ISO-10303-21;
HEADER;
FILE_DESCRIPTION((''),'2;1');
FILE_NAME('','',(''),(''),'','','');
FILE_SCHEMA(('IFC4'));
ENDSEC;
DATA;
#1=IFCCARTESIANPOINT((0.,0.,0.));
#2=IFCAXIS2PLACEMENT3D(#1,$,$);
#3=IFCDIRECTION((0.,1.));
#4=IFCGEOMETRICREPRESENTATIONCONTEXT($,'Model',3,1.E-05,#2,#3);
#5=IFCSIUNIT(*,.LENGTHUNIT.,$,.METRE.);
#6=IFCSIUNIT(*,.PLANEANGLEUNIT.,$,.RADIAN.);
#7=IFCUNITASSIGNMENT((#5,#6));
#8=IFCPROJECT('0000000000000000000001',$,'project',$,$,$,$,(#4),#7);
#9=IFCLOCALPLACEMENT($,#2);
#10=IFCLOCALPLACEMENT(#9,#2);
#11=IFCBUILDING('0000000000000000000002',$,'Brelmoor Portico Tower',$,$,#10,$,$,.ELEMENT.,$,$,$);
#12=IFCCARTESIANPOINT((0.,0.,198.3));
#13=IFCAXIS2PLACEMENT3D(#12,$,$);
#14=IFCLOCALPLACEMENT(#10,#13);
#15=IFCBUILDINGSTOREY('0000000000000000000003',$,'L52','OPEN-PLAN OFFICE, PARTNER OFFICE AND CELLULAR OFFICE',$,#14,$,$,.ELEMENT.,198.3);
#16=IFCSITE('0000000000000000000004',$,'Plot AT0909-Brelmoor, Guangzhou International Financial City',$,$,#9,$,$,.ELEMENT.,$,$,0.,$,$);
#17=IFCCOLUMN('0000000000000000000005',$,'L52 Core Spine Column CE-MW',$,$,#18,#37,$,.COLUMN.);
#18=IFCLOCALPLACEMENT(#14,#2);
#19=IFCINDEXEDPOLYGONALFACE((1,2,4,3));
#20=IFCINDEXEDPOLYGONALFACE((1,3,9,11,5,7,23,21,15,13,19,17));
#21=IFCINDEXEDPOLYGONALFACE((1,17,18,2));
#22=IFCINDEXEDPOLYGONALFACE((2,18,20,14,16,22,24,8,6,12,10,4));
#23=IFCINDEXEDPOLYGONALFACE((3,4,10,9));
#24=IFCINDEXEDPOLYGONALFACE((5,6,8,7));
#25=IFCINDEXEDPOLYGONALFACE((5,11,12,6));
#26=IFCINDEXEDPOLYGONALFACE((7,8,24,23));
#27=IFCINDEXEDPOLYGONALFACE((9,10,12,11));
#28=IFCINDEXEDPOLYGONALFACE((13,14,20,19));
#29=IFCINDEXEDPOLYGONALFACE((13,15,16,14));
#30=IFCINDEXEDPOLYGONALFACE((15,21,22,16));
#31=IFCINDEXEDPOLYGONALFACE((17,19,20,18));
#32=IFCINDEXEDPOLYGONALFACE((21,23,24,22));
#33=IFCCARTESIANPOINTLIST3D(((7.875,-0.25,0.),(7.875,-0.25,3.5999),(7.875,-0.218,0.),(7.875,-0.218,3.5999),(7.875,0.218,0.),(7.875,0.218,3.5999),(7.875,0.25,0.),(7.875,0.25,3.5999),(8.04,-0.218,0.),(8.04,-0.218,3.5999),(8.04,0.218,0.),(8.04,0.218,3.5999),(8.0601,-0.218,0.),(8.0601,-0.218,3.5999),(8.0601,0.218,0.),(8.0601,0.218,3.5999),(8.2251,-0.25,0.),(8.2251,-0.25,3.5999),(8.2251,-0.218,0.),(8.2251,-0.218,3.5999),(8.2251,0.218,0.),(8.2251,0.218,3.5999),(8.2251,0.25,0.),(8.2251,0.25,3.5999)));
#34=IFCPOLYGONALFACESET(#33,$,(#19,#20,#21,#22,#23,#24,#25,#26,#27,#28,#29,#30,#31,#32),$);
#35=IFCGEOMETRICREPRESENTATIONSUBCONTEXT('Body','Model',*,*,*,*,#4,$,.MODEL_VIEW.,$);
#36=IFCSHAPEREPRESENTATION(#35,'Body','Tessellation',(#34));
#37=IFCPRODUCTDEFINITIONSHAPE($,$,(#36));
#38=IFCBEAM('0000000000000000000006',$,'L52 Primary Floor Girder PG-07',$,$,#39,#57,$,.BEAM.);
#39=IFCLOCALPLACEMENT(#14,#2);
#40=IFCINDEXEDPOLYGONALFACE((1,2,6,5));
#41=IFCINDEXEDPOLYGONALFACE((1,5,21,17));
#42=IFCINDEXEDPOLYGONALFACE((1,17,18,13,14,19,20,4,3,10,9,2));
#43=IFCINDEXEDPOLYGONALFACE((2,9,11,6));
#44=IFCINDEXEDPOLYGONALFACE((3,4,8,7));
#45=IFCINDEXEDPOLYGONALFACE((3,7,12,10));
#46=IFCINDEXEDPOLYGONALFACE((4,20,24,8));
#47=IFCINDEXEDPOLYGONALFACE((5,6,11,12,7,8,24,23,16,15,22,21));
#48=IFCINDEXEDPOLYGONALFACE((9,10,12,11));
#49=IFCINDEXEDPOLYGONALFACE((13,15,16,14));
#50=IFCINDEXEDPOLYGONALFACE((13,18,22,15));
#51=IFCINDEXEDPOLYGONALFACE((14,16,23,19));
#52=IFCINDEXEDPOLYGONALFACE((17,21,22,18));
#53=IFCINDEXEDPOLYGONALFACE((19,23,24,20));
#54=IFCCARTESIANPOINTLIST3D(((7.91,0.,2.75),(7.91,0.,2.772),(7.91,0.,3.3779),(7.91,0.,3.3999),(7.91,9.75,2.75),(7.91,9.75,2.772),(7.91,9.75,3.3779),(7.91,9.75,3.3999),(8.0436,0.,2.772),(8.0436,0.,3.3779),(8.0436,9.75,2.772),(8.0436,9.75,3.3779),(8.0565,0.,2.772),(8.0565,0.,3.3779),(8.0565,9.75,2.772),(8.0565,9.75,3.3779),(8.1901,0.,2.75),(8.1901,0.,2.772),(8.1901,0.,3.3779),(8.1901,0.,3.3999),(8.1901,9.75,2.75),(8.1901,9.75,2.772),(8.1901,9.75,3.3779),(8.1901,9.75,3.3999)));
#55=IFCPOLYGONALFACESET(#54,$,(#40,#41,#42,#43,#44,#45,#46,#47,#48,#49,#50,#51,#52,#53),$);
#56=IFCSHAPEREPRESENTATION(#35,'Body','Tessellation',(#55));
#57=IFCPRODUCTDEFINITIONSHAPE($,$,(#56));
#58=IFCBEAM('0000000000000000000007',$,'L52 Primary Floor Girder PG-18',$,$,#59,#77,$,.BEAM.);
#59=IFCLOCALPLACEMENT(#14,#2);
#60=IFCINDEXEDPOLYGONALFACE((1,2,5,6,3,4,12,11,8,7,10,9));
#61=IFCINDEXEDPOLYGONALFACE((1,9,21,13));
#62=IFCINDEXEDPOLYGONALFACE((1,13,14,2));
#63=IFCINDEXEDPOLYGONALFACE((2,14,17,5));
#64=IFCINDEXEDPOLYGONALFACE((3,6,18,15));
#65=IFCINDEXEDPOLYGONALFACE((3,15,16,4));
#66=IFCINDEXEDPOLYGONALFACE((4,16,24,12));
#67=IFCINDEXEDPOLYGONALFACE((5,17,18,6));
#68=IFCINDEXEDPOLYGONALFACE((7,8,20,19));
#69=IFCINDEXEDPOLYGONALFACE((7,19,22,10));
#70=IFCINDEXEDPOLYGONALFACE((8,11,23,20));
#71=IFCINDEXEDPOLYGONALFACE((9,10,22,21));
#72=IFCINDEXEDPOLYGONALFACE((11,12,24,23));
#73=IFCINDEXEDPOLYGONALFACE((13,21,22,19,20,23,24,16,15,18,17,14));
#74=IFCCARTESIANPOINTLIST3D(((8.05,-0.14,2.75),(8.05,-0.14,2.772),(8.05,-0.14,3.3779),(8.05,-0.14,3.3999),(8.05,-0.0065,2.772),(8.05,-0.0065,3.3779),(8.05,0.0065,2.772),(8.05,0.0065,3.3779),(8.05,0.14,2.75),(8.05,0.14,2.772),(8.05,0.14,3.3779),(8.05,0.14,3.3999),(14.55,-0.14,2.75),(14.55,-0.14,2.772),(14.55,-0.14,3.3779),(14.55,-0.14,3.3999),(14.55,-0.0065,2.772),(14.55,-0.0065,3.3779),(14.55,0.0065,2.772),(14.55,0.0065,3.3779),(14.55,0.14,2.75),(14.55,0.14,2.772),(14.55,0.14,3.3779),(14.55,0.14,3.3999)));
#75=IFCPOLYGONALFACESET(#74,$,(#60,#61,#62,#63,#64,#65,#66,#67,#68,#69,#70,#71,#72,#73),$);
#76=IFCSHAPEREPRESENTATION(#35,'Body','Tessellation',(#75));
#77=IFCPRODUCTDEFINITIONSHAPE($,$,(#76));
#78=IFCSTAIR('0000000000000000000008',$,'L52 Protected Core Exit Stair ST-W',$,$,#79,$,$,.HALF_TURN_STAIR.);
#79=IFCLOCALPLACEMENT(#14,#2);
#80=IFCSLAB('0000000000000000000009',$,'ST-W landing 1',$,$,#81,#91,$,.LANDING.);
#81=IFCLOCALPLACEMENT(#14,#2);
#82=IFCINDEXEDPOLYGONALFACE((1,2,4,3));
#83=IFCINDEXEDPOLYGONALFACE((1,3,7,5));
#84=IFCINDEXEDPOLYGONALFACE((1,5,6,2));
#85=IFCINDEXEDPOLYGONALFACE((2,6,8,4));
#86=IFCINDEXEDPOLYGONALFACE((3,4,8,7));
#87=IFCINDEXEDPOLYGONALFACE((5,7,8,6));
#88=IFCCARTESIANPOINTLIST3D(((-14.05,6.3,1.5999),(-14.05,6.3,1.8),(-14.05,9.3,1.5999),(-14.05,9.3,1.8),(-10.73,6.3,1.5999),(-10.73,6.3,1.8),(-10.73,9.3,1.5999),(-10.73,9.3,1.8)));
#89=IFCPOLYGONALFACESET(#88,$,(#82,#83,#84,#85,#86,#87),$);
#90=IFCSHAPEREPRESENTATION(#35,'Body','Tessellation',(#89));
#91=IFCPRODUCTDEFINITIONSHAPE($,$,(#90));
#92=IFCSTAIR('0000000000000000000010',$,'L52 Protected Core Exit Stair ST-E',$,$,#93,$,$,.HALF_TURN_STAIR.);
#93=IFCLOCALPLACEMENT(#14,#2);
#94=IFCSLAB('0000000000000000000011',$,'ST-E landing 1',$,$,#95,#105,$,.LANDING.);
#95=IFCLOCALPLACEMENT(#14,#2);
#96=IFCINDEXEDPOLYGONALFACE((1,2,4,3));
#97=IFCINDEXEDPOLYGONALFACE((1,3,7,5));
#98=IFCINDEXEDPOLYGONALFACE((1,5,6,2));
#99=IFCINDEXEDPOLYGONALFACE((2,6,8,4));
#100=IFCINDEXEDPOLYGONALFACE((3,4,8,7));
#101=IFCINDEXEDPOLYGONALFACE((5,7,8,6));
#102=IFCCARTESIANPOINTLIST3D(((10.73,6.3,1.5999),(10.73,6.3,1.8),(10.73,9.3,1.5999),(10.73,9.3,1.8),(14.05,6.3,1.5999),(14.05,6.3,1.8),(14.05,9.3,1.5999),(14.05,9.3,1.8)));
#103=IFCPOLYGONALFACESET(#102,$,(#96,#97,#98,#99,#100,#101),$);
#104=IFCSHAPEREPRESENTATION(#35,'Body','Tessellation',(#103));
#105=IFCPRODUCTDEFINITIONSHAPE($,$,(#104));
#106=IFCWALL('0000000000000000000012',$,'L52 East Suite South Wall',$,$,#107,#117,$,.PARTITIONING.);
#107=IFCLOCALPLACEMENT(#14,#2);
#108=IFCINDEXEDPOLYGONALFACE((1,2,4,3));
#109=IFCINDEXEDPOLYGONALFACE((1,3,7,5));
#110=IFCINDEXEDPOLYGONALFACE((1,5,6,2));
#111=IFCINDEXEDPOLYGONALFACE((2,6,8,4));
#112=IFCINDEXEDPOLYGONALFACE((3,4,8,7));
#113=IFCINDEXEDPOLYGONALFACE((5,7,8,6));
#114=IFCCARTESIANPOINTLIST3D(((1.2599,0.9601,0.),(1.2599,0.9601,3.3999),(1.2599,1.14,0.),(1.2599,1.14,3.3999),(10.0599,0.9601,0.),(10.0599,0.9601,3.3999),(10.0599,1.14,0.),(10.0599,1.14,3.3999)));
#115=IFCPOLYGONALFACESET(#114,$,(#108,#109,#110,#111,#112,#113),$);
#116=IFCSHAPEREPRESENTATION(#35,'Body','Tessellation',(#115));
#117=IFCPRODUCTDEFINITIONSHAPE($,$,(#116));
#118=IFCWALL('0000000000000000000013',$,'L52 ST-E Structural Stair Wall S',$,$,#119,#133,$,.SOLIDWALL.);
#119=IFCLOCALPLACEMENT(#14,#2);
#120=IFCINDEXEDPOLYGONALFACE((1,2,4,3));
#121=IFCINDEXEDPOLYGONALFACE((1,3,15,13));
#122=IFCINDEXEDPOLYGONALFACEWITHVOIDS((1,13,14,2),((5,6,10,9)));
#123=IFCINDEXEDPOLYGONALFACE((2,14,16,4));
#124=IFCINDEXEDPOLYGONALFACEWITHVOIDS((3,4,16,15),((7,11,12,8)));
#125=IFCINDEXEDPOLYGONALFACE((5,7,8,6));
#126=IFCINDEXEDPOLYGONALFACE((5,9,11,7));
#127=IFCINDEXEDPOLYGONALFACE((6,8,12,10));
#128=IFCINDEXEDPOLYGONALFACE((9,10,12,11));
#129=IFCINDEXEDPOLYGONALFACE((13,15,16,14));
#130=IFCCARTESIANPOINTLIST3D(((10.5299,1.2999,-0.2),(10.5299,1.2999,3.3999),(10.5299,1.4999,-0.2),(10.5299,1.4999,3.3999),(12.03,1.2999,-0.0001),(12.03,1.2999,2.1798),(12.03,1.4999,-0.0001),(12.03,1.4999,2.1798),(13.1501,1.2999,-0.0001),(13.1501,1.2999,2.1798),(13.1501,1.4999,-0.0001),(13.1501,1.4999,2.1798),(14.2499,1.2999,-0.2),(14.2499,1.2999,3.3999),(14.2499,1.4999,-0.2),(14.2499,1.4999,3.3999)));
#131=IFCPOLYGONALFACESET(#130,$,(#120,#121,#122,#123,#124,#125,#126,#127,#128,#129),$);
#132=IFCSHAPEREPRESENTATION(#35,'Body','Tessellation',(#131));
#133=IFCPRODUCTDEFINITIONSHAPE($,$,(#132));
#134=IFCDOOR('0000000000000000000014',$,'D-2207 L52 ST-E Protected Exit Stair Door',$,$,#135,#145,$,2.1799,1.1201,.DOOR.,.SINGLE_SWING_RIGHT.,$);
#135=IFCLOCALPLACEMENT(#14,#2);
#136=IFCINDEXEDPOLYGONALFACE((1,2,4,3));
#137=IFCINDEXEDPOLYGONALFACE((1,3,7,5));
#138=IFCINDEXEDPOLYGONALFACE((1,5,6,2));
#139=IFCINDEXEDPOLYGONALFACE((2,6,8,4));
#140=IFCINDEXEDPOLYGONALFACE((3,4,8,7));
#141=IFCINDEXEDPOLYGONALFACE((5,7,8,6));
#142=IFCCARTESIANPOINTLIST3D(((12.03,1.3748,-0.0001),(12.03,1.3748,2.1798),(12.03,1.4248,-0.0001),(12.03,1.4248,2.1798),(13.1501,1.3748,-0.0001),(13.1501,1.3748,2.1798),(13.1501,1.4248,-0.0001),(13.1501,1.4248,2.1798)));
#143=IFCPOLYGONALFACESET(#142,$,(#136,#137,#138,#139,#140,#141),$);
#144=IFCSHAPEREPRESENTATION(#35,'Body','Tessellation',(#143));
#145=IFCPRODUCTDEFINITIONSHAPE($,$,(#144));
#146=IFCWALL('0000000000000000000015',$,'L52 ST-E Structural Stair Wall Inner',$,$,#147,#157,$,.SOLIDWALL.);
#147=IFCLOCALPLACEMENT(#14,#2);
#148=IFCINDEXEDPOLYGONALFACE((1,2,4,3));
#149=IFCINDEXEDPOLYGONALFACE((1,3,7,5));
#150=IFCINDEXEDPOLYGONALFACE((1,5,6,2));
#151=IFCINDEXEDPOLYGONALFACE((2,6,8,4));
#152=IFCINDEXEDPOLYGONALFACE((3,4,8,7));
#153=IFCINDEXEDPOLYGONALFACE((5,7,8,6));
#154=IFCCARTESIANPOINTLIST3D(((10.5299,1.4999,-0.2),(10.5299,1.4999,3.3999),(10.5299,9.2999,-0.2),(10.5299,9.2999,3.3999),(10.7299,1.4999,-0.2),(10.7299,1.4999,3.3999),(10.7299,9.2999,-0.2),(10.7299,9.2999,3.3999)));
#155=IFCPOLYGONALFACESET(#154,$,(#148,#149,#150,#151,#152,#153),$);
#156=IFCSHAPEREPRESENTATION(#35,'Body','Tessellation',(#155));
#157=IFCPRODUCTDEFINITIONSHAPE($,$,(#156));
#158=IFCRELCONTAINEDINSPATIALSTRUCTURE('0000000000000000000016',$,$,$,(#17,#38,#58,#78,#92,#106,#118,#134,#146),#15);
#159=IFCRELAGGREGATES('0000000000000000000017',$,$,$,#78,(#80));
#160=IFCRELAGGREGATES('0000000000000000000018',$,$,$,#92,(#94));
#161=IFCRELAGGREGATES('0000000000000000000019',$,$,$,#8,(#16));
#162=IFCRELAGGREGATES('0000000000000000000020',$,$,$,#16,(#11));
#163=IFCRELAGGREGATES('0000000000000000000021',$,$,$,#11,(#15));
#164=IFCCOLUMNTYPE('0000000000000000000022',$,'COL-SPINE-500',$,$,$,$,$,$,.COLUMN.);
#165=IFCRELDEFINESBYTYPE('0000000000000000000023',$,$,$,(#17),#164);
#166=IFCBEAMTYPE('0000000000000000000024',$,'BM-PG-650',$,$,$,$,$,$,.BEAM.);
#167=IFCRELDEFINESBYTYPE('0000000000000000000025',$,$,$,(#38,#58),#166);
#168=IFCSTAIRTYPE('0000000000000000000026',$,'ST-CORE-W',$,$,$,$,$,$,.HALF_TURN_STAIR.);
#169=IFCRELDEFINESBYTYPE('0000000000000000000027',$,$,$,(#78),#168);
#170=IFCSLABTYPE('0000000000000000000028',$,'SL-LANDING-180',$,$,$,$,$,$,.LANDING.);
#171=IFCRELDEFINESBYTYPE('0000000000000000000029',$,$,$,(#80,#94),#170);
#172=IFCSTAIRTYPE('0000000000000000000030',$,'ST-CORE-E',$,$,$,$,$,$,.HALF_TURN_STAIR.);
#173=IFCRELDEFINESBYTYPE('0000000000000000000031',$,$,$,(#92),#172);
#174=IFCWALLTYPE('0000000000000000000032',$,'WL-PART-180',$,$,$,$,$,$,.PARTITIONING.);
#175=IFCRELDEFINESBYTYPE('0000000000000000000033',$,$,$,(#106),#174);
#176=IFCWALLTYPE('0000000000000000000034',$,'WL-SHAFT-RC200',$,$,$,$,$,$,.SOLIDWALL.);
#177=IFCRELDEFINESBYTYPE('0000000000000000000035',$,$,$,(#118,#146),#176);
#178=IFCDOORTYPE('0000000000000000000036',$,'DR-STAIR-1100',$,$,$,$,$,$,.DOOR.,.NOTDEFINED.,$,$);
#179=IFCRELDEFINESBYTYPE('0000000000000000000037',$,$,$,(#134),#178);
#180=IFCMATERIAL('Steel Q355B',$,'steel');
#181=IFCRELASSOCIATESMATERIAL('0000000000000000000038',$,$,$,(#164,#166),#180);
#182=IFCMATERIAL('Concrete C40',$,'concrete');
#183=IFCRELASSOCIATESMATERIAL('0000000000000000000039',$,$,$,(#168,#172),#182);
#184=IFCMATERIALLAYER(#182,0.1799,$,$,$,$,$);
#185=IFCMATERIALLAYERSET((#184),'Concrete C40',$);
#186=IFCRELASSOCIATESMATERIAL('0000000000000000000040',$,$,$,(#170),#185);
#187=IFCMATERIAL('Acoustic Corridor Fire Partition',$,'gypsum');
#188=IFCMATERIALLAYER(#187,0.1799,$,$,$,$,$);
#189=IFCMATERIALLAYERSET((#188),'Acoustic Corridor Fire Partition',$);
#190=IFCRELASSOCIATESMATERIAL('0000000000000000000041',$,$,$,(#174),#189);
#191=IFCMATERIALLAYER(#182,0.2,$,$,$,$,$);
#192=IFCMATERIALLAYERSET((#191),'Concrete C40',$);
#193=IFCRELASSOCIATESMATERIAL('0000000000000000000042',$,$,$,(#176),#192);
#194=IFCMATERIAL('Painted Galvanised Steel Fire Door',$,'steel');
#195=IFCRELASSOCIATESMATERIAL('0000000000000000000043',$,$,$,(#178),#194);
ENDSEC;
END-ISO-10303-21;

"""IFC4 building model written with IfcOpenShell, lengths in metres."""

from ifc_helpers import new_model, si_unit, direction, frame, frame_2d, origin, origin_2d, place, context, subcontext, project, spatial, polyline, rectangle, i_section, outline, extrude, material, layer, layer_set, material_profile, profile_set, type_object, element, fill, aggregate, save


model = new_model("IFC4")

# Units and contexts
model_context = context("Model", 3, precision=1e-05, world=origin(), true_north=direction((0.0, 1.0)))
body_context = subcontext(model_context, "Body", "Model", "MODEL_VIEW")
ifc_project = project(units=[si_unit("LENGTHUNIT", "METRE"), si_unit("PLANEANGLEUNIT", "RADIAN")], contexts=[model_context])

# Site, building, storey
site_placement = place(None, origin())
site = spatial("IfcSite", under=ifc_project, at=site_placement, Name="Plot AT0909-Brelmoor, Guangzhou International Financial City", CompositionType="ELEMENT", RefElevation=0.0)
building_placement = place(site_placement, origin())
building = spatial("IfcBuilding", under=site, at=building_placement, Name="Brelmoor Portico Tower", CompositionType="ELEMENT")
storey_placement = place(building_placement, frame((0.0, 0.0, 198.3)))
storey = spatial("IfcBuildingStorey", under=building, at=storey_placement, Name="L52", Description="OPEN-PLAN OFFICE, PARTNER OFFICE AND CELLULAR OFFICE", CompositionType="ELEMENT", Elevation=198.3)

# Column
ifc_material_1 = material(Name="Steel Q355B", Category="steel")
ifc_material_profile_1 = material_profile(ifc_material_1, i_section(OverallWidth=0.3501, OverallDepth=0.5, WebThickness=0.02, FlangeThickness=0.032, at=origin_2d()), Name="HW 500x350x20x32")
ifc_profile_set_1 = profile_set([ifc_material_profile_1], Name="Steel Q355B")
column_type = type_object("IfcColumnType", Name="COL-SPINE-500", PredefinedType="COLUMN", material=ifc_profile_set_1)
column_placement = place(storey_placement, frame((8.05, 0.0, 0.0), z_axis=(0.0, 0.0, 1.0), x_axis=(1.0, 0.0, 0.0)))
element("IfcColumn", 1, at=column_placement, inside=storey, type_object=column_type, Name="L52 Core Spine Column CE-MW", PredefinedType="COLUMN", context=body_context, shape_type="SweptSolid", body=[
    extrude(i_section(OverallWidth=0.3501, OverallDepth=0.5, WebThickness=0.02, FlangeThickness=0.032, at=origin_2d()), origin(), (0.0, 0.0, 1.0), 3.5999),
])

# Beams
ifc_material_profile_2 = material_profile(ifc_material_1, i_section(OverallWidth=0.28, OverallDepth=0.6499, WebThickness=0.0129, FlangeThickness=0.022, at=origin_2d()), Name="HN 650x280x13x22")
ifc_profile_set_2 = profile_set([ifc_material_profile_2], Name="Steel Q355B")
beam_type = type_object("IfcBeamType", Name="BM-PG-650", PredefinedType="BEAM", material=ifc_profile_set_2)
beam_1_placement = place(storey_placement, frame((8.05, 0.0, 3.075), z_axis=(0.0, 1.0, 0.0), x_axis=(-1.0, 0.0, 0.0)))
element("IfcBeam", 2, at=beam_1_placement, inside=storey, type_object=beam_type, Name="L52 Primary Floor Girder PG-07", PredefinedType="BEAM", context=body_context, shape_type="SweptSolid", body=[
    extrude(i_section(OverallWidth=0.28, OverallDepth=0.6499, WebThickness=0.0129, FlangeThickness=0.022, at=origin_2d()), origin(), (0.0, 0.0, 1.0), 9.75),
])
beam_2_placement = place(storey_placement, frame((8.05, 0.0, 3.075), z_axis=(1.0, 0.0, 0.0), x_axis=(0.0, 1.0, 0.0)))
element("IfcBeam", 3, at=beam_2_placement, inside=storey, type_object=beam_type, Name="L52 Primary Floor Girder PG-18", PredefinedType="BEAM", context=body_context, shape_type="SweptSolid", body=[
    extrude(i_section(OverallWidth=0.28, OverallDepth=0.6499, WebThickness=0.0129, FlangeThickness=0.022, at=origin_2d()), origin(), (0.0, 0.0, 1.0), 6.5),
])

# Stairs, slabs
ifc_material_2 = material(Name="Concrete C40", Category="concrete")
stair_type_1 = type_object("IfcStairType", Name="ST-CORE-W", PredefinedType="HALF_TURN_STAIR", material=ifc_material_2)
stair_1_placement = place(storey_placement, origin())
stair_1 = element("IfcStair", 4, at=stair_1_placement, inside=storey, type_object=stair_type_1, Name="L52 Protected Core Exit Stair ST-W", PredefinedType="HALF_TURN_STAIR")
ifc_layer_1 = layer(ifc_material_2, 0.1799)
ifc_layer_set_1 = layer_set([ifc_layer_1], Name="Concrete C40")
slab_type = type_object("IfcSlabType", Name="SL-LANDING-180", PredefinedType="LANDING", material=ifc_layer_set_1)
slab_1_placement = place(storey_placement, frame((0.0, 0.0, 1.5999)))
slab_1 = element("IfcSlab", 5, at=slab_1_placement, type_object=slab_type, Name="ST-W landing 1", PredefinedType="LANDING", context=body_context, shape_type="SweptSolid", body=[
    extrude(outline(polyline([(-10.73, 6.3), (-10.73, 9.3), (-14.05, 9.3), (-14.05, 6.3), (-10.73, 6.3)])), origin(), (0.0, 0.0, 1.0), 0.2002),
])
aggregate(stair_1, [slab_1])
stair_type_2 = type_object("IfcStairType", Name="ST-CORE-E", PredefinedType="HALF_TURN_STAIR", material=ifc_material_2)
stair_2_placement = place(storey_placement, origin())
stair_2 = element("IfcStair", 6, at=stair_2_placement, inside=storey, type_object=stair_type_2, Name="L52 Protected Core Exit Stair ST-E", PredefinedType="HALF_TURN_STAIR")
slab_2_placement = place(storey_placement, frame((0.0, 0.0, 1.5999)))
slab_2 = element("IfcSlab", 7, at=slab_2_placement, type_object=slab_type, Name="ST-E landing 1", PredefinedType="LANDING", context=body_context, shape_type="SweptSolid", body=[
    extrude(outline(polyline([(14.05, 6.3), (14.05, 9.3), (10.73, 9.3), (10.73, 6.3), (14.05, 6.3)])), origin(), (0.0, 0.0, 1.0), 0.2002),
])

# Wall
ifc_material_3 = material(Name="Acoustic Corridor Fire Partition", Category="gypsum")
ifc_layer_2 = layer(ifc_material_3, 0.1799)
ifc_layer_set_2 = layer_set([ifc_layer_2], Name="Acoustic Corridor Fire Partition")
wall_type_1 = type_object("IfcWallType", Name="WL-PART-180", PredefinedType="PARTITIONING", material=ifc_layer_set_2)
wall_1_placement = place(storey_placement, frame((1.26, 1.05, 0.0), z_axis=(0.0, 0.0, 1.0), x_axis=(1.0, 0.0, 0.0)))
element("IfcWall", 8, at=wall_1_placement, inside=storey, type_object=wall_type_1, Name="L52 East Suite South Wall", PredefinedType="PARTITIONING", context=body_context, shape_type="SweptSolid", body=[
    extrude(rectangle(XDim=8.8, YDim=0.1799, at=frame_2d((4.3999, 0.0))), origin(), (0.0, 0.0, 1.0), 3.3999),
])

# Wall, opening, door
ifc_layer_3 = layer(ifc_material_2, 0.2)
ifc_layer_set_3 = layer_set([ifc_layer_3], Name="Concrete C40")
wall_type_2 = type_object("IfcWallType", Name="WL-SHAFT-RC200", PredefinedType="SOLIDWALL", material=ifc_layer_set_3)
wall_2_placement = place(storey_placement, frame((10.53, 1.3999, -0.2), z_axis=(0.0, 0.0, 1.0), x_axis=(1.0, 0.0, 0.0)))
wall_2 = element("IfcWall", 9, at=wall_2_placement, inside=storey, type_object=wall_type_2, Name="L52 ST-E Structural Stair Wall S", PredefinedType="SOLIDWALL", context=body_context, shape_type="SweptSolid", body=[
    extrude(rectangle(XDim=3.72, YDim=0.2, at=frame_2d((1.8599, 0.0))), origin(), (0.0, 0.0, 1.0), 3.5999),
])
opening_placement = place(wall_2_placement, frame((1.5, 0.0, 0.2)))
opening = element("IfcOpeningElement", 10, at=opening_placement, cuts=wall_2, PredefinedType="OPENING", context=body_context, shape_type="SweptSolid", body=[
    extrude(rectangle(XDim=1.1201, YDim=2.1799, at=frame_2d((0.5601, 1.0898))), frame((0.0, 0.1099, 0.0), z_axis=(0.0, -1.0, 0.0), x_axis=(1.0, 0.0, 0.0)), (0.0, 0.0, 1.0), 0.22),
])
ifc_material_4 = material(Name="Painted Galvanised Steel Fire Door", Category="steel")
door_type = type_object("IfcDoorType", Name="DR-STAIR-1100", OperationType="NOTDEFINED", PredefinedType="DOOR", material=ifc_material_4)
door_placement = place(opening_placement, origin())
door = element("IfcDoor", 11, at=door_placement, inside=storey, type_object=door_type, Name="D-2207 L52 ST-E Protected Exit Stair Door", OperationType="SINGLE_SWING_RIGHT", OverallHeight=2.1799, OverallWidth=1.1201, PredefinedType="DOOR", context=body_context, shape_type="SweptSolid", body=[
    extrude(rectangle(XDim=1.1201, YDim=2.1799, at=frame_2d((0.5601, 1.0898))), frame((0.0, 0.0249, 0.0), z_axis=(0.0, -1.0, 0.0), x_axis=(1.0, 0.0, 0.0)), (0.0, 0.0, 1.0), 0.05),
])
fill(opening, door)

# Wall
wall_3_placement = place(storey_placement, frame((10.6299, 1.5, -0.2), z_axis=(0.0, 0.0, 1.0), x_axis=(0.0, 1.0, 0.0)))
element("IfcWall", 12, at=wall_3_placement, inside=storey, type_object=wall_type_2, Name="L52 ST-E Structural Stair Wall Inner", PredefinedType="SOLIDWALL", context=body_context, shape_type="SweptSolid", body=[
    extrude(rectangle(XDim=7.8, YDim=0.2, at=frame_2d((3.8999, 0.0))), origin(), (0.0, 0.0, 1.0), 3.5999),
])

aggregate(stair_2, [slab_2])

save(model, "model.ifc")
